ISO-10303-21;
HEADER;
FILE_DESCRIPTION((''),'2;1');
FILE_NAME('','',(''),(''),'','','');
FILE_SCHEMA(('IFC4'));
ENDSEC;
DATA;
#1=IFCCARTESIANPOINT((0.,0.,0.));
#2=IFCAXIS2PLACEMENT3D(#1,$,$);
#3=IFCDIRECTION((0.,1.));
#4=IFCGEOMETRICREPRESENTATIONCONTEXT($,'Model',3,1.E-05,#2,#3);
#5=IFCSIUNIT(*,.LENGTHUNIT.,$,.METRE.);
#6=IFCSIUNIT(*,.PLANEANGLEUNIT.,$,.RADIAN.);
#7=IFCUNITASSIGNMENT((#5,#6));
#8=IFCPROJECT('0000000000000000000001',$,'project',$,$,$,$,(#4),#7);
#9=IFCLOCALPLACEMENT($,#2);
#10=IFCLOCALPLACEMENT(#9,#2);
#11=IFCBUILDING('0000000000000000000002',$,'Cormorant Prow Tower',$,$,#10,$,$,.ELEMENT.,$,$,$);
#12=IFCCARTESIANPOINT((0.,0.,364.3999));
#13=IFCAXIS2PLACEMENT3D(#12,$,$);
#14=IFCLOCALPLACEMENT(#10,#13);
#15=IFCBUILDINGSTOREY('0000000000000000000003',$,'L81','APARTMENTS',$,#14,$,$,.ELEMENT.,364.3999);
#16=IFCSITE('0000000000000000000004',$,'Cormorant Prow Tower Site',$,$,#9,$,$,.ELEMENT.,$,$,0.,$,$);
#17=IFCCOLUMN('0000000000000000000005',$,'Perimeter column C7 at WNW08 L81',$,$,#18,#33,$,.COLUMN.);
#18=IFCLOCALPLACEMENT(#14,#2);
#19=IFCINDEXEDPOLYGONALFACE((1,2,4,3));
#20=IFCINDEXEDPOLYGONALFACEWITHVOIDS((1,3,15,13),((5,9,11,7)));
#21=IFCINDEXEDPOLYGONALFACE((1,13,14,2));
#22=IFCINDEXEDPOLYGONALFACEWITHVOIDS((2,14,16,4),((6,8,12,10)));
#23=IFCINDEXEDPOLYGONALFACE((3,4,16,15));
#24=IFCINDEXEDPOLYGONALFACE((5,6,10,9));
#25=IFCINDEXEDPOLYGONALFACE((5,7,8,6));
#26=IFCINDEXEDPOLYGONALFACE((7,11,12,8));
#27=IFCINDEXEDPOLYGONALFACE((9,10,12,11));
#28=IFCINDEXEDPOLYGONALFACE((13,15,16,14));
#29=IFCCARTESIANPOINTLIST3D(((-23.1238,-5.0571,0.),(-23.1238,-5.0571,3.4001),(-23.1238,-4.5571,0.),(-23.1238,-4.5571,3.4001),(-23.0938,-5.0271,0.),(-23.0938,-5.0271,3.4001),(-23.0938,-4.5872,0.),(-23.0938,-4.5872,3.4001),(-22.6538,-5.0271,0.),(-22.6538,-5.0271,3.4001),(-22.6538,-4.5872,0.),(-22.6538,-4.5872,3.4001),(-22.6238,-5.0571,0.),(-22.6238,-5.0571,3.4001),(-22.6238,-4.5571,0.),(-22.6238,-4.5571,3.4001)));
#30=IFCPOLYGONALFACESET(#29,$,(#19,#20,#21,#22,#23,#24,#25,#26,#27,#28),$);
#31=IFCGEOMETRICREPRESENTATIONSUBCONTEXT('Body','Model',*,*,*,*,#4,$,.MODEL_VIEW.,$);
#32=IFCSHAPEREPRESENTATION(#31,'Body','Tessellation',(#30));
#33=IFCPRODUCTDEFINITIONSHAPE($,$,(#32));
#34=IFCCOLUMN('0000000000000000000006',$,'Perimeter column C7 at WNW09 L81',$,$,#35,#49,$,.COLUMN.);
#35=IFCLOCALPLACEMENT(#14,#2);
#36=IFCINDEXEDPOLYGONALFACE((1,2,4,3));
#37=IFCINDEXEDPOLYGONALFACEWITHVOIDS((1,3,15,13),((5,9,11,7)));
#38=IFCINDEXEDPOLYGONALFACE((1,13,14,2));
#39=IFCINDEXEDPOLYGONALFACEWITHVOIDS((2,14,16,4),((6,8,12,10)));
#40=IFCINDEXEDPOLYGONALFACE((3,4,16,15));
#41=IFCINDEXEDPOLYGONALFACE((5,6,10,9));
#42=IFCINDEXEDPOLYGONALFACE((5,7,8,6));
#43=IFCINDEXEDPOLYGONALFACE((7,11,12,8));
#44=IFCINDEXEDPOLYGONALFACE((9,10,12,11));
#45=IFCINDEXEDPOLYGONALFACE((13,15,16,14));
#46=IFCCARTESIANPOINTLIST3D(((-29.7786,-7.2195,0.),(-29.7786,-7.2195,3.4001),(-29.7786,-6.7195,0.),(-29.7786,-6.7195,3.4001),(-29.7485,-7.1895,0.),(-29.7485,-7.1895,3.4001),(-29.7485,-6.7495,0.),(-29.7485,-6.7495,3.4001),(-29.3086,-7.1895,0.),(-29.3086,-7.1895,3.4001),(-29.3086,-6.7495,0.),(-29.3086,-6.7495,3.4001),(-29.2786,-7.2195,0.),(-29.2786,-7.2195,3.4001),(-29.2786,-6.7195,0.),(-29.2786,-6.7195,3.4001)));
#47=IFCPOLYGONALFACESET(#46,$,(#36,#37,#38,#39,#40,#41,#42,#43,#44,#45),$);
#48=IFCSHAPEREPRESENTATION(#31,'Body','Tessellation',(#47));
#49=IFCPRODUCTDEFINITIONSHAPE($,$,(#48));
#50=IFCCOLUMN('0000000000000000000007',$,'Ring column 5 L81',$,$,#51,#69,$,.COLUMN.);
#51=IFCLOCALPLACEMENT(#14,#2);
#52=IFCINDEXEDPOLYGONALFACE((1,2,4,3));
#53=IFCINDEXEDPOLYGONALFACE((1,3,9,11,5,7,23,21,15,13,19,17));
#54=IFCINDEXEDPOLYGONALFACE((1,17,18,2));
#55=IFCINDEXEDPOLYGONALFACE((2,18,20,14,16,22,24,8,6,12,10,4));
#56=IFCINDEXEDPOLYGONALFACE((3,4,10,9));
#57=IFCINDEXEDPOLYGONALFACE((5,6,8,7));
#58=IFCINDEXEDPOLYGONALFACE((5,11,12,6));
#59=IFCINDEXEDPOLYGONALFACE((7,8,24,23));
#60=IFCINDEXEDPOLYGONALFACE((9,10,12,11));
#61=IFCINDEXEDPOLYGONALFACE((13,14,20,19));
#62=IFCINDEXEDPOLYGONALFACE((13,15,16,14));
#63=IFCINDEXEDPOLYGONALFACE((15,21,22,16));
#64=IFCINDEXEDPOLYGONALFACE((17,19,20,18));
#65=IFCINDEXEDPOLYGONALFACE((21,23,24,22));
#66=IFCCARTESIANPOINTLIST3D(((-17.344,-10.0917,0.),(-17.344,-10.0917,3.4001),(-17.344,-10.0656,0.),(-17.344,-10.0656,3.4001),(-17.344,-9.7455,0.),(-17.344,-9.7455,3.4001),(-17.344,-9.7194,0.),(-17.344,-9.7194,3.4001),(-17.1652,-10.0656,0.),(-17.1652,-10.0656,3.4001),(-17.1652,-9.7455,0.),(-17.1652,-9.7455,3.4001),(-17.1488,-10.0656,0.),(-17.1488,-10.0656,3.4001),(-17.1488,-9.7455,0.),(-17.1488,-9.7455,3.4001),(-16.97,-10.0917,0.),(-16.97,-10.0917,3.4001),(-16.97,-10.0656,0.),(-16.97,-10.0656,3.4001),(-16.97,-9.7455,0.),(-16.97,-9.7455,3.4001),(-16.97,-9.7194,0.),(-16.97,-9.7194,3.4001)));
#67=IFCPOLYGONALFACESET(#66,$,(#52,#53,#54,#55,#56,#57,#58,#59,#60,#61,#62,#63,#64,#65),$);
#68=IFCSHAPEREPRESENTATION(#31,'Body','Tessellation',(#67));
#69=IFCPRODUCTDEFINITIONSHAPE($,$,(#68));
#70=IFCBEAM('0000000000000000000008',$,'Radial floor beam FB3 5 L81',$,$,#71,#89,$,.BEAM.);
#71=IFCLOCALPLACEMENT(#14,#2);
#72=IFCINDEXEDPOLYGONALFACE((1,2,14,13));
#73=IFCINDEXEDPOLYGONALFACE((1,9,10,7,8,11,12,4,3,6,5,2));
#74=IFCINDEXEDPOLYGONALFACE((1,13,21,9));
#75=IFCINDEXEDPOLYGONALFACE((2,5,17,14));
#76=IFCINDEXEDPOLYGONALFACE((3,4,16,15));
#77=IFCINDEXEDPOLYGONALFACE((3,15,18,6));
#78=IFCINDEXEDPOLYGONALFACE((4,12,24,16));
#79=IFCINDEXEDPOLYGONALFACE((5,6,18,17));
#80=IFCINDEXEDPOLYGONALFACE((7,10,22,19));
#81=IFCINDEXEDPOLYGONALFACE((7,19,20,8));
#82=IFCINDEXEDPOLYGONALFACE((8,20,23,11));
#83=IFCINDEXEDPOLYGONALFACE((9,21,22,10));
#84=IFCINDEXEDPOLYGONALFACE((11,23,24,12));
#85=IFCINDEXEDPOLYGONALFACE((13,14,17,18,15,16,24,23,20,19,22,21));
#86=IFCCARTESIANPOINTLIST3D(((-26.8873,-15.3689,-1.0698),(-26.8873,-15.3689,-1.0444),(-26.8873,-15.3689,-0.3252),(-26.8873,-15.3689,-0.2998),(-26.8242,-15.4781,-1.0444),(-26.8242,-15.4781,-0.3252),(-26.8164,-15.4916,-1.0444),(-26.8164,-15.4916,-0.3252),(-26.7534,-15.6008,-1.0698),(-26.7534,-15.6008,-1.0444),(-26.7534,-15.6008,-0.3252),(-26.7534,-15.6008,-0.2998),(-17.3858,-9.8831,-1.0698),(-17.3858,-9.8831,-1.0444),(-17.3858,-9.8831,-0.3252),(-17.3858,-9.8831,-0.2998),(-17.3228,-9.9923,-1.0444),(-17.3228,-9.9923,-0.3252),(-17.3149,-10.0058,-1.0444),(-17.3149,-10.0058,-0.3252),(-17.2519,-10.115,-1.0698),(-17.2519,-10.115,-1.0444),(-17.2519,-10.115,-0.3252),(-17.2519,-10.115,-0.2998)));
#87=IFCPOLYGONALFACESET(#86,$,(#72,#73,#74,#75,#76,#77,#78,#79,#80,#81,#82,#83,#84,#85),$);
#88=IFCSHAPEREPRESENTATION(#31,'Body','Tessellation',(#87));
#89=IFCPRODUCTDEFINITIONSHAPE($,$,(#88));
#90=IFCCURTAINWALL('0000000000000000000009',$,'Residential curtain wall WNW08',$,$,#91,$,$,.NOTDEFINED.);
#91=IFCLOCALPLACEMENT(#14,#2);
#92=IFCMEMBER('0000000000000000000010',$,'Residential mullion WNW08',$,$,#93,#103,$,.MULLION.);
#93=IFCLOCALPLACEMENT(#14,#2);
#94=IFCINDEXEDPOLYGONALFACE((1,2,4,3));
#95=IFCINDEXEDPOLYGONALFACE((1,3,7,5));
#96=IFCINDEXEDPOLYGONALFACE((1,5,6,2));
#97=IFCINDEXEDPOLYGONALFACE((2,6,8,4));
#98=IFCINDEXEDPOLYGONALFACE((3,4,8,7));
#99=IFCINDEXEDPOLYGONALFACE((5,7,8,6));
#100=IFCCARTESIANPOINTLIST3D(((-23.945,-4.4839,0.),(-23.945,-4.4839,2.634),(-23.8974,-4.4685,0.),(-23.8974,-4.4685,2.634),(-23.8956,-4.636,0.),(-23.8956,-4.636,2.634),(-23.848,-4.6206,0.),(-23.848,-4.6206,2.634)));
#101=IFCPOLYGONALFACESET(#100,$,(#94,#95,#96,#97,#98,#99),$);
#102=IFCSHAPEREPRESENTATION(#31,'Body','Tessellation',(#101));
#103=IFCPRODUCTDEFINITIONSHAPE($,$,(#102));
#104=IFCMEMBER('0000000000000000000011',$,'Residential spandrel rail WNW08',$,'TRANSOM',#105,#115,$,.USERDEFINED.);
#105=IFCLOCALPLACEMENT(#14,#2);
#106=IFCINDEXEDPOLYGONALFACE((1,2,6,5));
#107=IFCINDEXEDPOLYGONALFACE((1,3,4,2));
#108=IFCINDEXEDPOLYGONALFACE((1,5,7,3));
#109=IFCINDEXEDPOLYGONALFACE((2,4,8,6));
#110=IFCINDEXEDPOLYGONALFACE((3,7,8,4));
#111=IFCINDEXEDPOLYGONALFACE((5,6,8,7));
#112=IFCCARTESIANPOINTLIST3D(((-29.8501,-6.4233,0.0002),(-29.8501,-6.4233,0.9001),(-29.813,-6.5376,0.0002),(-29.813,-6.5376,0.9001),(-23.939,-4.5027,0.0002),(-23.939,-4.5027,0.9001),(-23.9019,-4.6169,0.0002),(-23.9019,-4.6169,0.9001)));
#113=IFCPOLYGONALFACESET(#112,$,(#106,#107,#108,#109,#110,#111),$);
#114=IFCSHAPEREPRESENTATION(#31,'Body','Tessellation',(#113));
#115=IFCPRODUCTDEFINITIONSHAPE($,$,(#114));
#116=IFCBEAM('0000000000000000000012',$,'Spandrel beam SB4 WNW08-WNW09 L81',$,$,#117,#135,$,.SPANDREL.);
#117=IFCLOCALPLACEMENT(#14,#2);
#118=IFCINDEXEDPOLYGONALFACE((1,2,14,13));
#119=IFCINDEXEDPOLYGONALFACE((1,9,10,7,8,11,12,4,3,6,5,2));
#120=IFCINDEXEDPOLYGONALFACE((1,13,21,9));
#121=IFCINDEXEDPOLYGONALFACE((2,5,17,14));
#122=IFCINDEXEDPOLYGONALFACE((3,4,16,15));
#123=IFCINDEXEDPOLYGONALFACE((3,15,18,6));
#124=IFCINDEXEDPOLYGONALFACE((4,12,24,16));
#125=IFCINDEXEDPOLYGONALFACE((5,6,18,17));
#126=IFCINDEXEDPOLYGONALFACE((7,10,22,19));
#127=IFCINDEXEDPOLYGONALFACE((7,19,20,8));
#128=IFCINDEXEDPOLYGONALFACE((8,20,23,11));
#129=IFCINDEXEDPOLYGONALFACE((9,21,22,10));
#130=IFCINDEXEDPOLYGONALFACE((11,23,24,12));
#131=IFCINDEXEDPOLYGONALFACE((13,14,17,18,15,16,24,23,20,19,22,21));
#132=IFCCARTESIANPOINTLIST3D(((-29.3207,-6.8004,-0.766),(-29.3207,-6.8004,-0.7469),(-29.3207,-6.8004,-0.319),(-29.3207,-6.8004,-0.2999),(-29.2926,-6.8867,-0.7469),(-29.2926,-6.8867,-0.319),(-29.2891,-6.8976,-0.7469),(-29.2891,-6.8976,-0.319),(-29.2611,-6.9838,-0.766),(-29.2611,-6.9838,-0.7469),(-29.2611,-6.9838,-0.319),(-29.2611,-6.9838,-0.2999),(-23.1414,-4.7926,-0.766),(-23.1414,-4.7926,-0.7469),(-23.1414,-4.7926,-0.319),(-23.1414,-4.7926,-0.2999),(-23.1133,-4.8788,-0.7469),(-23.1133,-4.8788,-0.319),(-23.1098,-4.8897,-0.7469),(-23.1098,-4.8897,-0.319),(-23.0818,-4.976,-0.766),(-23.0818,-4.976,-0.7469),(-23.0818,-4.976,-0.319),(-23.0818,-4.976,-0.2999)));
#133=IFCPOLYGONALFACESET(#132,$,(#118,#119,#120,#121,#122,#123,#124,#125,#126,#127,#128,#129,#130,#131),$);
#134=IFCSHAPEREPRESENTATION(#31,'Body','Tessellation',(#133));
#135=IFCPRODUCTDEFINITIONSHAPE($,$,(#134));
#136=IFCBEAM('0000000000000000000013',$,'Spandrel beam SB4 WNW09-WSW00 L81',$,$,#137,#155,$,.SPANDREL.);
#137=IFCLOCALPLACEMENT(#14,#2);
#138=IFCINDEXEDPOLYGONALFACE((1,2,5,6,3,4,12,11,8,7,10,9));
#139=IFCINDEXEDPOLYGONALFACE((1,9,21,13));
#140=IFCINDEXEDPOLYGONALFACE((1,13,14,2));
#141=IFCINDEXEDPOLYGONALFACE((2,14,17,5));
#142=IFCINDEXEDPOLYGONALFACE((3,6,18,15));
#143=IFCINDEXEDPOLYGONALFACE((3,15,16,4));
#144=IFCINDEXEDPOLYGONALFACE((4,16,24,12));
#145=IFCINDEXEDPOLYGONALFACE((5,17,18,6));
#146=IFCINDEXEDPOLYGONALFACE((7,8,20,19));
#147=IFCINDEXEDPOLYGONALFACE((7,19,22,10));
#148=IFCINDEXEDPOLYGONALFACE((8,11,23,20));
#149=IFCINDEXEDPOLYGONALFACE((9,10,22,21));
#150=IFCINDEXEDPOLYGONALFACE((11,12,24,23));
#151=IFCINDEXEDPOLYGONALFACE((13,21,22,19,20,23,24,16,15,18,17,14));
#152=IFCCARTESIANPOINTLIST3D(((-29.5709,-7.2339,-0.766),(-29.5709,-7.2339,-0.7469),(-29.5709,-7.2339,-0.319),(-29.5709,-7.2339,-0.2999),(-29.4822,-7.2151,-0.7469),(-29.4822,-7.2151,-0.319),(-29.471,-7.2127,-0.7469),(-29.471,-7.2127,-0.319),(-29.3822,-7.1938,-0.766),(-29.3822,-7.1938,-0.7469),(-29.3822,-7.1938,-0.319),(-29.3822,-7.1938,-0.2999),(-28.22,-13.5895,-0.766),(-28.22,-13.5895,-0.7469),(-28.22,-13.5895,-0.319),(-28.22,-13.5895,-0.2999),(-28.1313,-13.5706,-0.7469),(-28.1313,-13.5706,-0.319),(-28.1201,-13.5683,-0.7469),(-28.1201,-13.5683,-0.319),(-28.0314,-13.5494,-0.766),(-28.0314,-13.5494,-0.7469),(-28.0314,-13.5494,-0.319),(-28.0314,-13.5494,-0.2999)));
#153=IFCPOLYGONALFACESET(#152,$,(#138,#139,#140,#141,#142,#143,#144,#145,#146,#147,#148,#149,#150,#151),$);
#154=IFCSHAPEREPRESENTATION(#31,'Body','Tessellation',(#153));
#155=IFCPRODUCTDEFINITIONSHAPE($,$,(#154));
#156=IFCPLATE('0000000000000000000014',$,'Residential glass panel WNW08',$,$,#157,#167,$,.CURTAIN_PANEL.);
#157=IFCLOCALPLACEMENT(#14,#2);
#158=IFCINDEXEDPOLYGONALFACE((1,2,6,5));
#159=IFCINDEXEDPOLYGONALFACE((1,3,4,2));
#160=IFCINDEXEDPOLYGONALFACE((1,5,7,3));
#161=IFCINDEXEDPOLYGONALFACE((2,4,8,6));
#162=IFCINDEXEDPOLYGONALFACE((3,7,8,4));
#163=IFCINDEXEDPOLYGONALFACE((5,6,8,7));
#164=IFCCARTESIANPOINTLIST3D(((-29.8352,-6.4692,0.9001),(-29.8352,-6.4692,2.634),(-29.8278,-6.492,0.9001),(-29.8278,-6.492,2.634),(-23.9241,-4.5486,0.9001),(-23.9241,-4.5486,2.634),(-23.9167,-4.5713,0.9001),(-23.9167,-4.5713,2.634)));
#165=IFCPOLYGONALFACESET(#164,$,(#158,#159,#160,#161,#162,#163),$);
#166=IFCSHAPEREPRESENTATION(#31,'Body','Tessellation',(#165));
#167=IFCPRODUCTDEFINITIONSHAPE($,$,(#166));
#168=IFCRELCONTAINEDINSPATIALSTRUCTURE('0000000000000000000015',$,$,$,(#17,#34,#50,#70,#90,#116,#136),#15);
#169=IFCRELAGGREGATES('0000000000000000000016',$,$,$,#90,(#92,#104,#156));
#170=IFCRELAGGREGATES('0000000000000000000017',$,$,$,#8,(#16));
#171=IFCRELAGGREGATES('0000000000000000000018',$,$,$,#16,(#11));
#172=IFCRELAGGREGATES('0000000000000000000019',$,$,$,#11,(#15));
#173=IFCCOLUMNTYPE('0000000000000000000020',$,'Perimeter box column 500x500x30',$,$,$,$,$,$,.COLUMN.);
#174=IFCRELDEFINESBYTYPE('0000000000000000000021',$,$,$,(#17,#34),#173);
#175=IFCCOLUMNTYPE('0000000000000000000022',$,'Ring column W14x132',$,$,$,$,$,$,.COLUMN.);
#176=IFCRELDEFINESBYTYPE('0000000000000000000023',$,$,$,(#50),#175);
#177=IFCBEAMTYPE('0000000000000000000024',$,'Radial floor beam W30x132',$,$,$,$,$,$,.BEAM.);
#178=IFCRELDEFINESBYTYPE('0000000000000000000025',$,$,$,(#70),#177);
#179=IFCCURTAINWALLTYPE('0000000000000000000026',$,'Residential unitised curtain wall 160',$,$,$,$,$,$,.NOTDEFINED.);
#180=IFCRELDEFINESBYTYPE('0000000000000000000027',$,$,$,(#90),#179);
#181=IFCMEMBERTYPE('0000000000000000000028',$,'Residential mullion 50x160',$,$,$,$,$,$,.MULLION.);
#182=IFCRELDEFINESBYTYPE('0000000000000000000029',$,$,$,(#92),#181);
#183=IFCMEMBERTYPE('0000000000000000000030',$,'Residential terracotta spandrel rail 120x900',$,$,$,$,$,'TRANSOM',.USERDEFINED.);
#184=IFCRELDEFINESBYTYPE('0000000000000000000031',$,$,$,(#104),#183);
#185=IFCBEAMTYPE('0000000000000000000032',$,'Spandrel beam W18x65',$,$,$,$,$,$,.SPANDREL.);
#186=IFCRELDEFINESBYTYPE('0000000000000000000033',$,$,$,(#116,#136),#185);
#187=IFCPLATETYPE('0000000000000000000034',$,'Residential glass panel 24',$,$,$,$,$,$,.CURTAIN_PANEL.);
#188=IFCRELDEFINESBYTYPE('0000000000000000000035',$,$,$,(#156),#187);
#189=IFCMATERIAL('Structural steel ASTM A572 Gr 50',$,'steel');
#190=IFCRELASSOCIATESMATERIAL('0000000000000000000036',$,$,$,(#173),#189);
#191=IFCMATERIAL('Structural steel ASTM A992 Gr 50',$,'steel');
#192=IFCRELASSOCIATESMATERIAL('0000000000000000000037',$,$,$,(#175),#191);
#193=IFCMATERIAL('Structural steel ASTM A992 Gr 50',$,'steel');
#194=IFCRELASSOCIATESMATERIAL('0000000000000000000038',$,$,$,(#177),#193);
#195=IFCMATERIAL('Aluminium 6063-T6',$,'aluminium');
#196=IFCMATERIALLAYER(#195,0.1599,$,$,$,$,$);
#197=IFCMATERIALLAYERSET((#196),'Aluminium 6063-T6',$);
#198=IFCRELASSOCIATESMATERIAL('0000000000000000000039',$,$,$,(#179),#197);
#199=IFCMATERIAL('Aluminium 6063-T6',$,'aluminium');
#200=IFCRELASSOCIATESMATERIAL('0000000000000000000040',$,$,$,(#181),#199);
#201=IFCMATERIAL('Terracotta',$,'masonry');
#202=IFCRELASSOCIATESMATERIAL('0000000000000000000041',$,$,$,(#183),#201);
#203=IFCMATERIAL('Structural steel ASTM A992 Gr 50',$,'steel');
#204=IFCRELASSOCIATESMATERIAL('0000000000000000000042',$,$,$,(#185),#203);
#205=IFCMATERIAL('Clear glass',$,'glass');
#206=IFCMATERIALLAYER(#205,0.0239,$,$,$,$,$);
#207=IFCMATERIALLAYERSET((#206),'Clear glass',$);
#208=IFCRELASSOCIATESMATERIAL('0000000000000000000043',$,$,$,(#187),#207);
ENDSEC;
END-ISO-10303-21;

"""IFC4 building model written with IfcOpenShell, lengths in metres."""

from ifc_helpers import new_model, si_unit, direction, frame, origin, origin_2d, place, context, subcontext, project, spatial, rectangle, hollow_rectangle, i_section, extrude, material, layer, layer_set, material_profile, profile_set, type_object, element, aggregate, save


model = new_model("IFC4")

# Units and contexts
model_context = context("Model", 3, precision=1e-05, world=origin(), true_north=direction((0.0, 1.0)))
body_context = subcontext(model_context, "Body", "Model", "MODEL_VIEW")
ifc_project = project(units=[si_unit("LENGTHUNIT", "METRE"), si_unit("PLANEANGLEUNIT", "RADIAN")], contexts=[model_context])

# Site, building, storey
site_placement = place(None, origin())
site = spatial("IfcSite", under=ifc_project, at=site_placement, Name="Cormorant Prow Tower Site", CompositionType="ELEMENT", RefElevation=0.0)
building_placement = place(site_placement, origin())
building = spatial("IfcBuilding", under=site, at=building_placement, Name="Cormorant Prow Tower", CompositionType="ELEMENT")
storey_placement = place(building_placement, frame((0.0, 0.0, 364.3999)))
storey = spatial("IfcBuildingStorey", under=building, at=storey_placement, Name="L81", Description="APARTMENTS", CompositionType="ELEMENT", Elevation=364.3999)

# Columns
ifc_material_1 = material(Name="Structural steel ASTM A572 Gr 50", Category="steel")
ifc_material_profile_1 = material_profile(ifc_material_1, hollow_rectangle(XDim=0.5, YDim=0.5, WallThickness=0.03, at=origin_2d()), Name="Box 500x500x30")
ifc_profile_set_1 = profile_set([ifc_material_profile_1], Name="Structural steel ASTM A572 Gr 50")
column_type_1 = type_object("IfcColumnType", Name="Perimeter box column 500x500x30", PredefinedType="COLUMN", material=ifc_profile_set_1)
for number, where, z_axis, x_axis, name in (
    (1, (-22.8738, -4.8071, 0.0), (0.0, 0.0, 1.0), (1.0, 0.0, 0.0), "Perimeter column C7 at WNW08 L81"),
    (2, (-29.5286, -6.9695, 0.0), (0.0, 0.0, 1.0), (1.0, 0.0, 0.0), "Perimeter column C7 at WNW09 L81"),
):
    element("IfcColumn", number, at=place(storey_placement, frame(where, z_axis=z_axis, x_axis=x_axis)), inside=storey, type_object=column_type_1, Name=name, PredefinedType="COLUMN", context=body_context, shape_type="SweptSolid", body=[
        extrude(hollow_rectangle(XDim=0.5, YDim=0.5, WallThickness=0.03, at=origin_2d()), origin(), (0.0, 0.0, 1.0), 3.4001),
    ])
ifc_material_2 = material(Name="Structural steel ASTM A992 Gr 50", Category="steel")
ifc_material_profile_2 = material_profile(ifc_material_2, i_section(OverallWidth=0.374, OverallDepth=0.3723, WebThickness=0.0164, FlangeThickness=0.0261, at=origin_2d()), Name="W14x132")
ifc_profile_set_2 = profile_set([ifc_material_profile_2], Name="Structural steel ASTM A992 Gr 50")
column_type_2 = type_object("IfcColumnType", Name="Ring column W14x132", PredefinedType="COLUMN", material=ifc_profile_set_2)
column_placement = place(storey_placement, frame((-17.157, -9.9055, 0.0), z_axis=(0.0, 0.0, 1.0), x_axis=(1.0, 0.0, 0.0)))
element("IfcColumn", 3, at=column_placement, inside=storey, type_object=column_type_2, Name="Ring column 5 L81", PredefinedType="COLUMN", context=body_context, shape_type="SweptSolid", body=[
    extrude(i_section(OverallWidth=0.374, OverallDepth=0.3723, WebThickness=0.0164, FlangeThickness=0.0261, at=origin_2d()), origin(), (0.0, 0.0, 1.0), 3.4001),
])

# Beam
ifc_material_3 = material(Name="Structural steel ASTM A992 Gr 50", Category="steel")
ifc_material_profile_3 = material_profile(ifc_material_3, i_section(OverallWidth=0.2678, OverallDepth=0.77, WebThickness=0.0156, FlangeThickness=0.0254, at=origin_2d()), Name="W30x132")
ifc_profile_set_3 = profile_set([ifc_material_profile_3], Name="Structural steel ASTM A992 Gr 50")
beam_type_1 = type_object("IfcBeamType", Name="Radial floor beam W30x132", PredefinedType="BEAM", material=ifc_profile_set_3)
beam_1_placement = place(storey_placement, frame((-17.3188, -9.999, -0.6848), z_axis=(-0.866019, -0.500011, 0.0), x_axis=(0.500011, -0.866019, 0.0)))
element("IfcBeam", 4, at=beam_1_placement, inside=storey, type_object=beam_type_1, Name="Radial floor beam FB3 5 L81", PredefinedType="BEAM", context=body_context, shape_type="SweptSolid", body=[
    extrude(i_section(OverallWidth=0.2678, OverallDepth=0.77, WebThickness=0.0156, FlangeThickness=0.0254, at=origin_2d()), origin(), (0.0, 0.0, 1.0), 10.9714),
])

# Curtain wall, members
ifc_material_4 = material(Name="Aluminium 6063-T6", Category="aluminium")
ifc_layer_1 = layer(ifc_material_4, 0.1599)
ifc_layer_set_1 = layer_set([ifc_layer_1], Name="Aluminium 6063-T6")
curtain_wall_type = type_object("IfcCurtainWallType", Name="Residential unitised curtain wall 160", PredefinedType="NOTDEFINED", material=ifc_layer_set_1)
curtain_wall_placement = place(storey_placement, origin())
curtain_wall = element("IfcCurtainWall", 5, at=curtain_wall_placement, inside=storey, type_object=curtain_wall_type, Name="Residential curtain wall WNW08", PredefinedType="NOTDEFINED")
ifc_material_5 = material(Name="Aluminium 6063-T6", Category="aluminium")
ifc_material_profile_4 = material_profile(ifc_material_5, rectangle(XDim=0.1599, YDim=0.05, at=origin_2d()), Name="Residential mullion 50x160")
ifc_profile_set_4 = profile_set([ifc_material_profile_4], Name="Aluminium 6063-T6")
member_type_1 = type_object("IfcMemberType", Name="Residential mullion 50x160", PredefinedType="MULLION", material=ifc_profile_set_4)
member_1_placement = place(storey_placement, frame((-23.8965, -4.5522, 0.0), z_axis=(0.0, 0.0, 1.0), x_axis=(0.309017, -0.951057, 0.0)))
member_1 = element("IfcMember", 6, at=member_1_placement, type_object=member_type_1, Name="Residential mullion WNW08", PredefinedType="MULLION", context=body_context, shape_type="SweptSolid", body=[
    extrude(rectangle(XDim=0.1599, YDim=0.05, at=origin_2d()), origin(), (0.0, 0.0, 1.0), 2.634),
])
ifc_material_6 = material(Name="Terracotta", Category="masonry")
ifc_material_profile_5 = material_profile(ifc_material_6, rectangle(XDim=0.1201, YDim=0.8999, at=origin_2d()), Name="Residential terracotta spandrel rail 120x900")
ifc_profile_set_5 = profile_set([ifc_material_profile_5], Name="Terracotta")
member_type_2 = type_object("IfcMemberType", Name="Residential terracotta spandrel rail 120x900", ElementType="TRANSOM", PredefinedType="USERDEFINED", material=ifc_profile_set_5)
member_2_placement = place(storey_placement, frame((-23.9204, -4.5598, 0.4502), z_axis=(-0.951056, -0.309019, 0.0), x_axis=(0.309019, -0.951056, 0.0)))
member_2 = element("IfcMember", 7, at=member_2_placement, type_object=member_type_2, Name="Residential spandrel rail WNW08", ObjectType="TRANSOM", PredefinedType="USERDEFINED", context=body_context, shape_type="SweptSolid", body=[
    extrude(rectangle(XDim=0.1201, YDim=0.8999, at=origin_2d()), origin(), (0.0, 0.0, 1.0), 6.2153),
])

# Beams
ifc_material_7 = material(Name="Structural steel ASTM A992 Gr 50", Category="steel")
ifc_material_profile_6 = material_profile(ifc_material_7, i_section(OverallWidth=0.1929, OverallDepth=0.4661, WebThickness=0.0115, FlangeThickness=0.019, at=origin_2d()), Name="W18x65")
ifc_profile_set_6 = profile_set([ifc_material_profile_6], Name="Structural steel ASTM A992 Gr 50")
beam_type_2 = type_object("IfcBeamType", Name="Spandrel beam W18x65", PredefinedType="SPANDREL", material=ifc_profile_set_6)
beam_2_placement = place(storey_placement, frame((-23.1116, -4.8843, -0.533), z_axis=(-0.951053, -0.309027, 0.0), x_axis=(0.309027, -0.951053, 0.0)))
element("IfcBeam", 8, at=beam_2_placement, inside=storey, type_object=beam_type_2, Name="Spandrel beam SB4 WNW08-WNW09 L81", PredefinedType="SPANDREL", context=body_context, shape_type="SweptSolid", body=[
    extrude(i_section(OverallWidth=0.1929, OverallDepth=0.4661, WebThickness=0.0115, FlangeThickness=0.019, at=origin_2d()), origin(), (0.0, 0.0, 1.0), 6.4973),
])
beam_3_placement = place(storey_placement, frame((-29.4766, -7.2139, -0.533), z_axis=(0.207902, -0.97815, 0.0), x_axis=(0.97815, 0.207902, 0.0)))
element("IfcBeam", 9, at=beam_3_placement, inside=storey, type_object=beam_type_2, Name="Spandrel beam SB4 WNW09-WSW00 L81", PredefinedType="SPANDREL", context=body_context, shape_type="SweptSolid", body=[
    extrude(i_section(OverallWidth=0.1929, OverallDepth=0.4661, WebThickness=0.0115, FlangeThickness=0.019, at=origin_2d()), origin(), (0.0, 0.0, 1.0), 6.4976),
])

# Plate
ifc_material_8 = material(Name="Clear glass", Category="glass")
ifc_layer_2 = layer(ifc_material_8, 0.0239)
ifc_layer_set_2 = layer_set([ifc_layer_2], Name="Clear glass")
plate_type = type_object("IfcPlateType", Name="Residential glass panel 24", PredefinedType="CURTAIN_PANEL", material=ifc_layer_set_2)
plate_placement = place(storey_placement, frame((-26.876, -5.5203, 0.9001), z_axis=(0.0, 0.0, 1.0), x_axis=(-0.951057, -0.309017, 0.0)))
plate = element("IfcPlate", 10, at=plate_placement, type_object=plate_type, Name="Residential glass panel WNW08", PredefinedType="CURTAIN_PANEL", context=body_context, shape_type="SweptSolid", body=[
    extrude(rectangle(XDim=6.2153, YDim=0.0239, at=origin_2d()), origin(), (0.0, 0.0, 1.0), 1.7339),
])
aggregate(curtain_wall, [member_1, member_2, plate])

save(model, "model.ifc")
